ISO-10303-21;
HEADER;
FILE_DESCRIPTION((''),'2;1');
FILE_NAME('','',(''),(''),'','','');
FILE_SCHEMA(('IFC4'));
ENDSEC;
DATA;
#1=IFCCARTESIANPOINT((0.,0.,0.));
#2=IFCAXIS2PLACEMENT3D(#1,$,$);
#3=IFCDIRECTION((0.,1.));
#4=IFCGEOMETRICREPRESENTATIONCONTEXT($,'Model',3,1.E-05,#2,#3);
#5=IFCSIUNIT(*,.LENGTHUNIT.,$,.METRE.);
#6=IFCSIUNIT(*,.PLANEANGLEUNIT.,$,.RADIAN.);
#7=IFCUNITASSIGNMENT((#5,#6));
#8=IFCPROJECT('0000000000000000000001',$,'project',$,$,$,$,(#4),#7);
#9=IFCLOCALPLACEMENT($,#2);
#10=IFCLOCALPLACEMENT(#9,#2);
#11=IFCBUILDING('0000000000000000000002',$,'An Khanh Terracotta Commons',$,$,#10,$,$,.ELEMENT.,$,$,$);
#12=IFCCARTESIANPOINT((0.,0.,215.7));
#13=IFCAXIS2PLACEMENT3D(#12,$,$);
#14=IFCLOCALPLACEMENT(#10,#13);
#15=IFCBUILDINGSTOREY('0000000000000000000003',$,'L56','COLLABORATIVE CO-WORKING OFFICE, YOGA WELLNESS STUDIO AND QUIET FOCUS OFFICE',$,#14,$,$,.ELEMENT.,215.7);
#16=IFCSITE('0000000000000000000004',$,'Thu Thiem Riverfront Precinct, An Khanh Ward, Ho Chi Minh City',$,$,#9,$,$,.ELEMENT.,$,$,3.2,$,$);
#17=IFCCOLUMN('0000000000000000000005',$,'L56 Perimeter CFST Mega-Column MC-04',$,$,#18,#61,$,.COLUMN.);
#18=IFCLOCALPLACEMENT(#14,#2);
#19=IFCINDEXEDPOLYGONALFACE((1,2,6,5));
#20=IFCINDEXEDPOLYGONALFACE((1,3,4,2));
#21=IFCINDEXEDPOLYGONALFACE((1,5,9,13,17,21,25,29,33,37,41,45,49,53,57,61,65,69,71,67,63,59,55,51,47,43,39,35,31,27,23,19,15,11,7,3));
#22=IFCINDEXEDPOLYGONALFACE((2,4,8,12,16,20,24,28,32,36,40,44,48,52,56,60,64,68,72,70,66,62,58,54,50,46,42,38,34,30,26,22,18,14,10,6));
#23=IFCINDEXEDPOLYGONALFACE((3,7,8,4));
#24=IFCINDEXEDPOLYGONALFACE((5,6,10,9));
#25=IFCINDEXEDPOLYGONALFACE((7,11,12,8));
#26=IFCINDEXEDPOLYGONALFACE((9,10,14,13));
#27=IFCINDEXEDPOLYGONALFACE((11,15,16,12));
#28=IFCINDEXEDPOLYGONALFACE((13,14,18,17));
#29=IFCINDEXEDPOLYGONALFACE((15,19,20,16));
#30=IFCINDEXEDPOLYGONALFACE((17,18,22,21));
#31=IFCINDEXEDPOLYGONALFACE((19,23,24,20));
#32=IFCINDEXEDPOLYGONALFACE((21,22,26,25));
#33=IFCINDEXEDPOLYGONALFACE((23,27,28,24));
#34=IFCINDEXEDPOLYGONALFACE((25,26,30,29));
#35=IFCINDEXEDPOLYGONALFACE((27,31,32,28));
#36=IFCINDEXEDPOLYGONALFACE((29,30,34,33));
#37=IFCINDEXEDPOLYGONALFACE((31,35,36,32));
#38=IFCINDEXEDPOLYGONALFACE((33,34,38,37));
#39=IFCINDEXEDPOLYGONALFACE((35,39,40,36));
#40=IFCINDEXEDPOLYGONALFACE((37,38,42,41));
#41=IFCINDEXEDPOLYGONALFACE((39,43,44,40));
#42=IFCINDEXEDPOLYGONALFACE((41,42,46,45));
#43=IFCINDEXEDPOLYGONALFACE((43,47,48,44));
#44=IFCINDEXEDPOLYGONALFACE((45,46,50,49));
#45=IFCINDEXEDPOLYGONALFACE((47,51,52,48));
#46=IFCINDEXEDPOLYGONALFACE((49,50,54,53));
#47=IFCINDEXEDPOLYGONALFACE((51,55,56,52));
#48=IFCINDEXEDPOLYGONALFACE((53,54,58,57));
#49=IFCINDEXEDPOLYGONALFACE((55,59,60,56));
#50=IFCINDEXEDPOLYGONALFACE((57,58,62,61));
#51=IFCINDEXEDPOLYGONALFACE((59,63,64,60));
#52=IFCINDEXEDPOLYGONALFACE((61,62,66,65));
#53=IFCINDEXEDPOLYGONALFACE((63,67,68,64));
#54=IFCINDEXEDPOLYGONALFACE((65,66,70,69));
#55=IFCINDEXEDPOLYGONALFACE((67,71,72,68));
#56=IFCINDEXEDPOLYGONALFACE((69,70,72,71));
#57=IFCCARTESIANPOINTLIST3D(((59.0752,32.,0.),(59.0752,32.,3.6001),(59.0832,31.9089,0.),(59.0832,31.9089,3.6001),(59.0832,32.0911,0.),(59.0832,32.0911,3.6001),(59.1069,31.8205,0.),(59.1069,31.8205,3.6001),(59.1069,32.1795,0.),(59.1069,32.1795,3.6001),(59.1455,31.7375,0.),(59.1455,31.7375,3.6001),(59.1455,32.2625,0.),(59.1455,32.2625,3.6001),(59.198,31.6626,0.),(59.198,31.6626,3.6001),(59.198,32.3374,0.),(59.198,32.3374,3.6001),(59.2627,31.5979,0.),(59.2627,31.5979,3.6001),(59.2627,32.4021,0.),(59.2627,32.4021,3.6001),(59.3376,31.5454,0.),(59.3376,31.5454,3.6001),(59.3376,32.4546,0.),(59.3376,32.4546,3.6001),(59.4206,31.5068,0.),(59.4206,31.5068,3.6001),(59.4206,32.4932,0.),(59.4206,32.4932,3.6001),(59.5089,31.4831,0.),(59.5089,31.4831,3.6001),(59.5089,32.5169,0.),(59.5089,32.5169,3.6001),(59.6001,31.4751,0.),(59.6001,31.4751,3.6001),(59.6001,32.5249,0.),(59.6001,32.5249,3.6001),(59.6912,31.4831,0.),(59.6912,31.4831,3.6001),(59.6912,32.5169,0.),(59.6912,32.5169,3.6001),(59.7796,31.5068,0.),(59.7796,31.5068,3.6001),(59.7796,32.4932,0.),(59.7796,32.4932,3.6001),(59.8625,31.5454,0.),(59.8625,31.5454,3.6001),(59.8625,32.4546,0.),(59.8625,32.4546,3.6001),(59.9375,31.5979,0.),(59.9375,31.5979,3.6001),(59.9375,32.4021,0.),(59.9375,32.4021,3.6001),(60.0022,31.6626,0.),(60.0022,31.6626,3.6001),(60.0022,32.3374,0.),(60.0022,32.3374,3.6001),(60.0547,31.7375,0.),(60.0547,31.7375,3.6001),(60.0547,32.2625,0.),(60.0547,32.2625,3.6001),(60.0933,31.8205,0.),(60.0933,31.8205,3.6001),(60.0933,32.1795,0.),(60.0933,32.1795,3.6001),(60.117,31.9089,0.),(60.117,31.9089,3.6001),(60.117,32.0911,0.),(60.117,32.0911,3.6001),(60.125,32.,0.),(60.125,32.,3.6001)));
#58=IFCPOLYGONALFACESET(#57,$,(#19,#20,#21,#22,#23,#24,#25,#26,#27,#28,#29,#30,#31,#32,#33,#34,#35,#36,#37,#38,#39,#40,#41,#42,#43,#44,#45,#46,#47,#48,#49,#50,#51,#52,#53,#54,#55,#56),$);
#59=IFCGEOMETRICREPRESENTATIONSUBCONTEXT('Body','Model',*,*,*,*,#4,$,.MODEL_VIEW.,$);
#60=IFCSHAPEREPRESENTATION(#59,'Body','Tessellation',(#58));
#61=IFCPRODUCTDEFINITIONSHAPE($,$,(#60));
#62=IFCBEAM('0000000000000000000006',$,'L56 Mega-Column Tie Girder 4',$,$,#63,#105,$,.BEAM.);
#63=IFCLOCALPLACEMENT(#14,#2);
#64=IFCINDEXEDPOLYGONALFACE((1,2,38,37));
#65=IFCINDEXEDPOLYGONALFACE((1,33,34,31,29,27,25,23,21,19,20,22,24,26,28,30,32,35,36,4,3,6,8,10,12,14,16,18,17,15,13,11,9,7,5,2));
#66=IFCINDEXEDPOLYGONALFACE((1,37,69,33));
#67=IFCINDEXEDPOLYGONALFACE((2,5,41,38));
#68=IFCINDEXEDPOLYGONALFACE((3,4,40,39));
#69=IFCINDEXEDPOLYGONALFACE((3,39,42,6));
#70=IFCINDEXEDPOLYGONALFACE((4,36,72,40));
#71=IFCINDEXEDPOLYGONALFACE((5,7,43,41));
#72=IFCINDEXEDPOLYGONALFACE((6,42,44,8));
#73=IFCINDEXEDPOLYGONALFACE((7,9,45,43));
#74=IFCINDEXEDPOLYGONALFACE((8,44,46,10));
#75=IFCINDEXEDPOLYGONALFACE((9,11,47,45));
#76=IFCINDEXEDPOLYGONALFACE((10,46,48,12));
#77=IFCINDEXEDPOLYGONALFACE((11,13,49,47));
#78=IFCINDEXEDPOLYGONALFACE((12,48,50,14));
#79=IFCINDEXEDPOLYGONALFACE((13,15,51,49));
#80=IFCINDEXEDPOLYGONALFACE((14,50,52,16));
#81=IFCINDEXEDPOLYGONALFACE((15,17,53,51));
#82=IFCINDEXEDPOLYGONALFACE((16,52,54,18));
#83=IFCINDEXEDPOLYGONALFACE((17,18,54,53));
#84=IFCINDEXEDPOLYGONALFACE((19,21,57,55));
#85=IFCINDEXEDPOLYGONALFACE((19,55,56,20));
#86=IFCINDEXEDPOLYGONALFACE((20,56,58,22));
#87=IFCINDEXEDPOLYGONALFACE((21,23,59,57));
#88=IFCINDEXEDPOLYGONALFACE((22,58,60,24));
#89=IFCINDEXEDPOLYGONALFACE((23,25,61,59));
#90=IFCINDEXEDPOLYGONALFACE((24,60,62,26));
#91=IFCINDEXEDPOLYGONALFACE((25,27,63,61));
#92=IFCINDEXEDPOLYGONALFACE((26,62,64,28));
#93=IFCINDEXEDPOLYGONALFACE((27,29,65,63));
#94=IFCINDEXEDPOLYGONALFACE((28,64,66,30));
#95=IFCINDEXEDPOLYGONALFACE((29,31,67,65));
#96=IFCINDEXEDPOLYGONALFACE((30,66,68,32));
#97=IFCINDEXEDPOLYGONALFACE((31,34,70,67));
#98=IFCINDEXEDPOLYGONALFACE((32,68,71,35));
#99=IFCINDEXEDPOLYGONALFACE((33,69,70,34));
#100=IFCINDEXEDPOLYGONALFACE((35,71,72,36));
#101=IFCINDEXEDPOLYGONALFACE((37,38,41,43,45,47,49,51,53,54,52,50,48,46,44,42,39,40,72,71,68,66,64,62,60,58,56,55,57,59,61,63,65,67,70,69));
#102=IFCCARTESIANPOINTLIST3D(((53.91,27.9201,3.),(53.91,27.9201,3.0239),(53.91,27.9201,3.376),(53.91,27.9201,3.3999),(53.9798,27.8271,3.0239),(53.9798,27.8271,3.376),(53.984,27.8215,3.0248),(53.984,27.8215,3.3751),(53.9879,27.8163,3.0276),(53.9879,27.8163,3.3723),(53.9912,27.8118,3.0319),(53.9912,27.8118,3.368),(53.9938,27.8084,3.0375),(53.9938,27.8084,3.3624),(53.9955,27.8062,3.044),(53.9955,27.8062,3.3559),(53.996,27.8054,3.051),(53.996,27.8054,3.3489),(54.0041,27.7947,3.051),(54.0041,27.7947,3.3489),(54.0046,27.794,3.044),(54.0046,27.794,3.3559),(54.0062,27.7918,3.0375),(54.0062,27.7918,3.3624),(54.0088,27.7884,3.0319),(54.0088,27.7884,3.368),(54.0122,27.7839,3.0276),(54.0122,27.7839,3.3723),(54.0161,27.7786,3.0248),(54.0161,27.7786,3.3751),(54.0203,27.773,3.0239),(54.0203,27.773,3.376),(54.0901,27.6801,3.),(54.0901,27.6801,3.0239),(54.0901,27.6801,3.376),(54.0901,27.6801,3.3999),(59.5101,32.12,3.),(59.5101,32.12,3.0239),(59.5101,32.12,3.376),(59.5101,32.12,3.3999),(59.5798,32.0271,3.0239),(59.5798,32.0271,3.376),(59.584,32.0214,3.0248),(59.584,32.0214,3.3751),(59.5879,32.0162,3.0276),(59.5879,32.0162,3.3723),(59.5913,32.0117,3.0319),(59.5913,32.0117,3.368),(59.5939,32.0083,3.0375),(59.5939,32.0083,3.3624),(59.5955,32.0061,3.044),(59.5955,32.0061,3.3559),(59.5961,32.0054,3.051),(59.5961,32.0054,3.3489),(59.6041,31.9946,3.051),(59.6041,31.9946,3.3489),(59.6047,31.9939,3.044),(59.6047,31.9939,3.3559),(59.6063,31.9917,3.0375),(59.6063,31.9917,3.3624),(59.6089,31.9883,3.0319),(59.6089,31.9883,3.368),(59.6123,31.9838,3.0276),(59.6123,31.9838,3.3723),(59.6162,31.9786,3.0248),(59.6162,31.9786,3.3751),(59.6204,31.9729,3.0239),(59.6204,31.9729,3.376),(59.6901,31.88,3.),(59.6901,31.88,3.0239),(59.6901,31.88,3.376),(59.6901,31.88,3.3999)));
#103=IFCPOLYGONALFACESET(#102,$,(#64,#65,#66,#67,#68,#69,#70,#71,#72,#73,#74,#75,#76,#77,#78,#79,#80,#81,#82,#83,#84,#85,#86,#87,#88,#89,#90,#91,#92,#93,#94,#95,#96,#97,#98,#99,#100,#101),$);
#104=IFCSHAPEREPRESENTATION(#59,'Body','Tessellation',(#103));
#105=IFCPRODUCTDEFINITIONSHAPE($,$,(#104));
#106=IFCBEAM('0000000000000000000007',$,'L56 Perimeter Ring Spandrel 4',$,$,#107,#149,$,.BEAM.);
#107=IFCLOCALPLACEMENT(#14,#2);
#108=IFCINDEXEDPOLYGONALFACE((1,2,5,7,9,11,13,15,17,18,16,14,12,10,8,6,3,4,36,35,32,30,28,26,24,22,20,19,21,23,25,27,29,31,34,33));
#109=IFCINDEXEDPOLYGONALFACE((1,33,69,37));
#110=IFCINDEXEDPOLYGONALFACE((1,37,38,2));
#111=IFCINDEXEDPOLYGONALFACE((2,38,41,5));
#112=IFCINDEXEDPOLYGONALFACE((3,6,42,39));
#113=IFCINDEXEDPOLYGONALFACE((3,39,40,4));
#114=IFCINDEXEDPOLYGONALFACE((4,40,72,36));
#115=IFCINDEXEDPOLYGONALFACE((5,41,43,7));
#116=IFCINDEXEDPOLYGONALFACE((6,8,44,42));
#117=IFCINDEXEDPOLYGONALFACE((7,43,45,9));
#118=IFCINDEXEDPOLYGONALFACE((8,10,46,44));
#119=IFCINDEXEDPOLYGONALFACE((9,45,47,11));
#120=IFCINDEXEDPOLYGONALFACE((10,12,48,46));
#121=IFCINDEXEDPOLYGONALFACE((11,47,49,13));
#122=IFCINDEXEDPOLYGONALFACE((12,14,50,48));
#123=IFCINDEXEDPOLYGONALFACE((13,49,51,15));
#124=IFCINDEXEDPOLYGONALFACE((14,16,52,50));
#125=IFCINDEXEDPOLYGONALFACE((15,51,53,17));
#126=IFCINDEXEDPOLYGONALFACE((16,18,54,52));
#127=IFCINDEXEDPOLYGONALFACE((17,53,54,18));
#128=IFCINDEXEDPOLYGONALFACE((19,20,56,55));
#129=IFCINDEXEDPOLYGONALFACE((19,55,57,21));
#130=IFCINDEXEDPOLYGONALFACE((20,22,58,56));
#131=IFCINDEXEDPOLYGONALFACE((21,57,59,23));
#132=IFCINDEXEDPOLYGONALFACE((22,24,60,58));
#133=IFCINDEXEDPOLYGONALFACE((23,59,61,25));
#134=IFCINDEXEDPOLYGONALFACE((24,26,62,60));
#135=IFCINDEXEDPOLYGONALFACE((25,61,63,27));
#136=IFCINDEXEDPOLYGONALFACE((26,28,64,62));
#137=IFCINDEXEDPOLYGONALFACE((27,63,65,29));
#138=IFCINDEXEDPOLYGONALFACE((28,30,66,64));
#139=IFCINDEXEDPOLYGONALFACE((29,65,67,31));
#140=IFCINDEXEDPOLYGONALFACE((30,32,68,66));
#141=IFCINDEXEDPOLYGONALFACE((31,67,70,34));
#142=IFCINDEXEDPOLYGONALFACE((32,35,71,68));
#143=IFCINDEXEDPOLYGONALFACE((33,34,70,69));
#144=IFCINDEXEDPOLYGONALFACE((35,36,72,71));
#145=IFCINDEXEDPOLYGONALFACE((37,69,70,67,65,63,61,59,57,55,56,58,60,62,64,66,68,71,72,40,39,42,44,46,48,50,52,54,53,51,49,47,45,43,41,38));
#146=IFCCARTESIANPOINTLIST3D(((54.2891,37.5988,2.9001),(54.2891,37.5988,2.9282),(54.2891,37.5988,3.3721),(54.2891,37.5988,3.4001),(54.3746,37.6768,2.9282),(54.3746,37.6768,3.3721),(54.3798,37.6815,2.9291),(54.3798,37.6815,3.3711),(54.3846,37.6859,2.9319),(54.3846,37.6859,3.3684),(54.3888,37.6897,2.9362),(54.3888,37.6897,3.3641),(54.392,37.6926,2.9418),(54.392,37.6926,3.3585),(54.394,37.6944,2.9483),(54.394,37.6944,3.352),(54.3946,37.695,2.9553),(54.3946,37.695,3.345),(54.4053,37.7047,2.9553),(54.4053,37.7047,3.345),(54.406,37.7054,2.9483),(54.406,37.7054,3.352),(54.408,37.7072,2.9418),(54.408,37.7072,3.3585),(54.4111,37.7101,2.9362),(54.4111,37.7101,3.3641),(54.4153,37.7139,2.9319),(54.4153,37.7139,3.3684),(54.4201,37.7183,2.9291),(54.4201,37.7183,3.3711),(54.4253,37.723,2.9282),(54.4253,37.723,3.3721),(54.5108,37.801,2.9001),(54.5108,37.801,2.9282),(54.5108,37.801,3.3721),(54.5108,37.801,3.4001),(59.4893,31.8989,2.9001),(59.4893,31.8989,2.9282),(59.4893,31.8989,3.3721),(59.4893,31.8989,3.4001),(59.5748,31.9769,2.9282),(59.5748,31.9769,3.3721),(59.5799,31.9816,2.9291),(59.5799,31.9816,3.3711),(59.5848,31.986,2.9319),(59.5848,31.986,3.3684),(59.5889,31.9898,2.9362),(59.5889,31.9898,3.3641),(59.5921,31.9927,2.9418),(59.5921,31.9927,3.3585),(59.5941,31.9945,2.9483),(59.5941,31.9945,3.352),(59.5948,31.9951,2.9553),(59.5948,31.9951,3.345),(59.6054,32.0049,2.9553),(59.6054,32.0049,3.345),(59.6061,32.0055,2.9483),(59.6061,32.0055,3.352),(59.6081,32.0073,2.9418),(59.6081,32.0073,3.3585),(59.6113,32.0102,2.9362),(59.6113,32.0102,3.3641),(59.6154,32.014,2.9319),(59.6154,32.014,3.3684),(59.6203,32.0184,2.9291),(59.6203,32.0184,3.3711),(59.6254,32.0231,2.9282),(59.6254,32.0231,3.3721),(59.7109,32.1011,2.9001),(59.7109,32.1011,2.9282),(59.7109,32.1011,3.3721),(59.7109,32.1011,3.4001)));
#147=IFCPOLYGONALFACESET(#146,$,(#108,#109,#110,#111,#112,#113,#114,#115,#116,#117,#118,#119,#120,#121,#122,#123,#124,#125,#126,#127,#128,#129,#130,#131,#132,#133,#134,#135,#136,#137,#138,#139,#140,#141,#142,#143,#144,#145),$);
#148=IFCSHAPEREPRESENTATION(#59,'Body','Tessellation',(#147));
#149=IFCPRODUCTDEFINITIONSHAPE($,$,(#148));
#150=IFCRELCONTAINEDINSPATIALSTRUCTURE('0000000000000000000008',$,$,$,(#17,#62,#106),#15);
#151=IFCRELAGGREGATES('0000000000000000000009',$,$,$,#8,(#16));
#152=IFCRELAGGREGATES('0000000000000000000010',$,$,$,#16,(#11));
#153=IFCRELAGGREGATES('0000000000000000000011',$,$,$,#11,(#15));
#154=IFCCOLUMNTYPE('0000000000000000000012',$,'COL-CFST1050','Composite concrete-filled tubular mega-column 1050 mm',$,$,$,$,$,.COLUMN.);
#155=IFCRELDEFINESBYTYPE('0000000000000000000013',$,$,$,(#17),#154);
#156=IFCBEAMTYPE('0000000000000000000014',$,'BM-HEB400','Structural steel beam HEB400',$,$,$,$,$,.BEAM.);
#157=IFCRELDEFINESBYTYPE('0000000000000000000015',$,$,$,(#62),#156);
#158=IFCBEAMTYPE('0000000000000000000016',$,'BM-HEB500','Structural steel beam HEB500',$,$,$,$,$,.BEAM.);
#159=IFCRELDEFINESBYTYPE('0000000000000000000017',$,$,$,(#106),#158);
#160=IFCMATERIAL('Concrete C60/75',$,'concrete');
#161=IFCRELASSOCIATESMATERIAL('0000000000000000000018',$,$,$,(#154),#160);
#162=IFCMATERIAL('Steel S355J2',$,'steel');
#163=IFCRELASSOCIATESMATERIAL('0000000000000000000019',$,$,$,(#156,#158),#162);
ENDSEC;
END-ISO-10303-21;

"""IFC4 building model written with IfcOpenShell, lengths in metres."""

from ifc_helpers import new_model, si_unit, direction, frame, origin, origin_2d, place, context, subcontext, project, spatial, circle, i_section, extrude, material, material_profile, profile_set, type_object, element, save


model = new_model("IFC4")

# Units and contexts
model_context = context("Model", 3, precision=1e-05, world=origin(), true_north=direction((0.0, 1.0)))
body_context = subcontext(model_context, "Body", "Model", "MODEL_VIEW")
ifc_project = project(units=[si_unit("LENGTHUNIT", "METRE"), si_unit("PLANEANGLEUNIT", "RADIAN")], contexts=[model_context])

# Site, building, storey
site_placement = place(None, origin())
site = spatial("IfcSite", under=ifc_project, at=site_placement, Name="Thu Thiem Riverfront Precinct, An Khanh Ward, Ho Chi Minh City", CompositionType="ELEMENT", RefElevation=3.2)
building_placement = place(site_placement, origin())
building = spatial("IfcBuilding", under=site, at=building_placement, Name="An Khanh Terracotta Commons", CompositionType="ELEMENT")
storey_placement = place(building_placement, frame((0.0, 0.0, 215.7)))
storey = spatial("IfcBuildingStorey", under=building, at=storey_placement, Name="L56", Description="COLLABORATIVE CO-WORKING OFFICE, YOGA WELLNESS STUDIO AND QUIET FOCUS OFFICE", CompositionType="ELEMENT", Elevation=215.7)

# Column
ifc_material_1 = material(Name="Concrete C60/75", Category="concrete")
ifc_material_profile_1 = material_profile(ifc_material_1, circle(Radius=0.5249, at=origin_2d()), Name="CFST1050")
ifc_profile_set_1 = profile_set([ifc_material_profile_1], Name="Concrete C60/75")
column_type = type_object("IfcColumnType", Name="COL-CFST1050", Description="Composite concrete-filled tubular mega-column 1050 mm", PredefinedType="COLUMN", material=ifc_profile_set_1)
column_placement = place(storey_placement, frame((59.6001, 32.0, 0.0), z_axis=(0.0, 0.0, 1.0), x_axis=(1.0, 0.0, 0.0)))
element("IfcColumn", 1, at=column_placement, inside=storey, type_object=column_type, Name="L56 Perimeter CFST Mega-Column MC-04", PredefinedType="COLUMN", context=body_context, shape_type="SweptSolid", body=[
    extrude(circle(Radius=0.5249, at=origin_2d()), origin(), (0.0, 0.0, 1.0), 3.6001),
])

# Beams
ifc_material_2 = material(Name="Steel S355J2", Category="steel")
ifc_material_profile_2 = material_profile(ifc_material_2, i_section(OverallWidth=0.3, OverallDepth=0.3999, WebThickness=0.0134, FlangeThickness=0.0239, FilletRadius=0.0271, at=origin_2d()), Name="HEB400")
ifc_profile_set_2 = profile_set([ifc_material_profile_2], Name="Steel S355J2")
beam_type_1 = type_object("IfcBeamType", Name="BM-HEB400", Description="Structural steel beam HEB400", PredefinedType="BEAM", material=ifc_profile_set_2)
beam_1_placement = place(storey_placement, frame((59.6001, 32.0, 3.2), z_axis=(-0.800008, -0.599989, 0.0), x_axis=(0.599989, -0.800008, 0.0)))
element("IfcBeam", 2, at=beam_1_placement, inside=storey, type_object=beam_type_1, Name="L56 Mega-Column Tie Girder 4", PredefinedType="BEAM", context=body_context, shape_type="SweptSolid", body=[
    extrude(i_section(OverallWidth=0.3, OverallDepth=0.3999, WebThickness=0.0134, FlangeThickness=0.0239, FilletRadius=0.0271, at=origin_2d()), origin(), (0.0, 0.0, 1.0), 7.0),
])
ifc_material_profile_3 = material_profile(ifc_material_2, i_section(OverallWidth=0.3, OverallDepth=0.5, WebThickness=0.0144, FlangeThickness=0.0281, FilletRadius=0.0271, at=origin_2d()), Name="HEB500")
ifc_profile_set_3 = profile_set([ifc_material_profile_3], Name="Steel S355J2")
beam_type_2 = type_object("IfcBeamType", Name="BM-HEB500", Description="Structural steel beam HEB500", PredefinedType="BEAM", material=ifc_profile_set_3)
beam_2_placement = place(storey_placement, frame((59.6001, 32.0, 3.1501), z_axis=(-0.673979, 0.738751, 0.0), x_axis=(-0.738751, -0.673979, 0.0)))
element("IfcBeam", 3, at=beam_2_placement, inside=storey, type_object=beam_type_2, Name="L56 Perimeter Ring Spandrel 4", PredefinedType="BEAM", context=body_context, shape_type="SweptSolid", body=[
    extrude(i_section(OverallWidth=0.3, OverallDepth=0.5, WebThickness=0.0144, FlangeThickness=0.0281, FilletRadius=0.0271, at=origin_2d()), origin(), (0.0, 0.0, 1.0), 7.7156),
])

save(model, "model.ifc")
